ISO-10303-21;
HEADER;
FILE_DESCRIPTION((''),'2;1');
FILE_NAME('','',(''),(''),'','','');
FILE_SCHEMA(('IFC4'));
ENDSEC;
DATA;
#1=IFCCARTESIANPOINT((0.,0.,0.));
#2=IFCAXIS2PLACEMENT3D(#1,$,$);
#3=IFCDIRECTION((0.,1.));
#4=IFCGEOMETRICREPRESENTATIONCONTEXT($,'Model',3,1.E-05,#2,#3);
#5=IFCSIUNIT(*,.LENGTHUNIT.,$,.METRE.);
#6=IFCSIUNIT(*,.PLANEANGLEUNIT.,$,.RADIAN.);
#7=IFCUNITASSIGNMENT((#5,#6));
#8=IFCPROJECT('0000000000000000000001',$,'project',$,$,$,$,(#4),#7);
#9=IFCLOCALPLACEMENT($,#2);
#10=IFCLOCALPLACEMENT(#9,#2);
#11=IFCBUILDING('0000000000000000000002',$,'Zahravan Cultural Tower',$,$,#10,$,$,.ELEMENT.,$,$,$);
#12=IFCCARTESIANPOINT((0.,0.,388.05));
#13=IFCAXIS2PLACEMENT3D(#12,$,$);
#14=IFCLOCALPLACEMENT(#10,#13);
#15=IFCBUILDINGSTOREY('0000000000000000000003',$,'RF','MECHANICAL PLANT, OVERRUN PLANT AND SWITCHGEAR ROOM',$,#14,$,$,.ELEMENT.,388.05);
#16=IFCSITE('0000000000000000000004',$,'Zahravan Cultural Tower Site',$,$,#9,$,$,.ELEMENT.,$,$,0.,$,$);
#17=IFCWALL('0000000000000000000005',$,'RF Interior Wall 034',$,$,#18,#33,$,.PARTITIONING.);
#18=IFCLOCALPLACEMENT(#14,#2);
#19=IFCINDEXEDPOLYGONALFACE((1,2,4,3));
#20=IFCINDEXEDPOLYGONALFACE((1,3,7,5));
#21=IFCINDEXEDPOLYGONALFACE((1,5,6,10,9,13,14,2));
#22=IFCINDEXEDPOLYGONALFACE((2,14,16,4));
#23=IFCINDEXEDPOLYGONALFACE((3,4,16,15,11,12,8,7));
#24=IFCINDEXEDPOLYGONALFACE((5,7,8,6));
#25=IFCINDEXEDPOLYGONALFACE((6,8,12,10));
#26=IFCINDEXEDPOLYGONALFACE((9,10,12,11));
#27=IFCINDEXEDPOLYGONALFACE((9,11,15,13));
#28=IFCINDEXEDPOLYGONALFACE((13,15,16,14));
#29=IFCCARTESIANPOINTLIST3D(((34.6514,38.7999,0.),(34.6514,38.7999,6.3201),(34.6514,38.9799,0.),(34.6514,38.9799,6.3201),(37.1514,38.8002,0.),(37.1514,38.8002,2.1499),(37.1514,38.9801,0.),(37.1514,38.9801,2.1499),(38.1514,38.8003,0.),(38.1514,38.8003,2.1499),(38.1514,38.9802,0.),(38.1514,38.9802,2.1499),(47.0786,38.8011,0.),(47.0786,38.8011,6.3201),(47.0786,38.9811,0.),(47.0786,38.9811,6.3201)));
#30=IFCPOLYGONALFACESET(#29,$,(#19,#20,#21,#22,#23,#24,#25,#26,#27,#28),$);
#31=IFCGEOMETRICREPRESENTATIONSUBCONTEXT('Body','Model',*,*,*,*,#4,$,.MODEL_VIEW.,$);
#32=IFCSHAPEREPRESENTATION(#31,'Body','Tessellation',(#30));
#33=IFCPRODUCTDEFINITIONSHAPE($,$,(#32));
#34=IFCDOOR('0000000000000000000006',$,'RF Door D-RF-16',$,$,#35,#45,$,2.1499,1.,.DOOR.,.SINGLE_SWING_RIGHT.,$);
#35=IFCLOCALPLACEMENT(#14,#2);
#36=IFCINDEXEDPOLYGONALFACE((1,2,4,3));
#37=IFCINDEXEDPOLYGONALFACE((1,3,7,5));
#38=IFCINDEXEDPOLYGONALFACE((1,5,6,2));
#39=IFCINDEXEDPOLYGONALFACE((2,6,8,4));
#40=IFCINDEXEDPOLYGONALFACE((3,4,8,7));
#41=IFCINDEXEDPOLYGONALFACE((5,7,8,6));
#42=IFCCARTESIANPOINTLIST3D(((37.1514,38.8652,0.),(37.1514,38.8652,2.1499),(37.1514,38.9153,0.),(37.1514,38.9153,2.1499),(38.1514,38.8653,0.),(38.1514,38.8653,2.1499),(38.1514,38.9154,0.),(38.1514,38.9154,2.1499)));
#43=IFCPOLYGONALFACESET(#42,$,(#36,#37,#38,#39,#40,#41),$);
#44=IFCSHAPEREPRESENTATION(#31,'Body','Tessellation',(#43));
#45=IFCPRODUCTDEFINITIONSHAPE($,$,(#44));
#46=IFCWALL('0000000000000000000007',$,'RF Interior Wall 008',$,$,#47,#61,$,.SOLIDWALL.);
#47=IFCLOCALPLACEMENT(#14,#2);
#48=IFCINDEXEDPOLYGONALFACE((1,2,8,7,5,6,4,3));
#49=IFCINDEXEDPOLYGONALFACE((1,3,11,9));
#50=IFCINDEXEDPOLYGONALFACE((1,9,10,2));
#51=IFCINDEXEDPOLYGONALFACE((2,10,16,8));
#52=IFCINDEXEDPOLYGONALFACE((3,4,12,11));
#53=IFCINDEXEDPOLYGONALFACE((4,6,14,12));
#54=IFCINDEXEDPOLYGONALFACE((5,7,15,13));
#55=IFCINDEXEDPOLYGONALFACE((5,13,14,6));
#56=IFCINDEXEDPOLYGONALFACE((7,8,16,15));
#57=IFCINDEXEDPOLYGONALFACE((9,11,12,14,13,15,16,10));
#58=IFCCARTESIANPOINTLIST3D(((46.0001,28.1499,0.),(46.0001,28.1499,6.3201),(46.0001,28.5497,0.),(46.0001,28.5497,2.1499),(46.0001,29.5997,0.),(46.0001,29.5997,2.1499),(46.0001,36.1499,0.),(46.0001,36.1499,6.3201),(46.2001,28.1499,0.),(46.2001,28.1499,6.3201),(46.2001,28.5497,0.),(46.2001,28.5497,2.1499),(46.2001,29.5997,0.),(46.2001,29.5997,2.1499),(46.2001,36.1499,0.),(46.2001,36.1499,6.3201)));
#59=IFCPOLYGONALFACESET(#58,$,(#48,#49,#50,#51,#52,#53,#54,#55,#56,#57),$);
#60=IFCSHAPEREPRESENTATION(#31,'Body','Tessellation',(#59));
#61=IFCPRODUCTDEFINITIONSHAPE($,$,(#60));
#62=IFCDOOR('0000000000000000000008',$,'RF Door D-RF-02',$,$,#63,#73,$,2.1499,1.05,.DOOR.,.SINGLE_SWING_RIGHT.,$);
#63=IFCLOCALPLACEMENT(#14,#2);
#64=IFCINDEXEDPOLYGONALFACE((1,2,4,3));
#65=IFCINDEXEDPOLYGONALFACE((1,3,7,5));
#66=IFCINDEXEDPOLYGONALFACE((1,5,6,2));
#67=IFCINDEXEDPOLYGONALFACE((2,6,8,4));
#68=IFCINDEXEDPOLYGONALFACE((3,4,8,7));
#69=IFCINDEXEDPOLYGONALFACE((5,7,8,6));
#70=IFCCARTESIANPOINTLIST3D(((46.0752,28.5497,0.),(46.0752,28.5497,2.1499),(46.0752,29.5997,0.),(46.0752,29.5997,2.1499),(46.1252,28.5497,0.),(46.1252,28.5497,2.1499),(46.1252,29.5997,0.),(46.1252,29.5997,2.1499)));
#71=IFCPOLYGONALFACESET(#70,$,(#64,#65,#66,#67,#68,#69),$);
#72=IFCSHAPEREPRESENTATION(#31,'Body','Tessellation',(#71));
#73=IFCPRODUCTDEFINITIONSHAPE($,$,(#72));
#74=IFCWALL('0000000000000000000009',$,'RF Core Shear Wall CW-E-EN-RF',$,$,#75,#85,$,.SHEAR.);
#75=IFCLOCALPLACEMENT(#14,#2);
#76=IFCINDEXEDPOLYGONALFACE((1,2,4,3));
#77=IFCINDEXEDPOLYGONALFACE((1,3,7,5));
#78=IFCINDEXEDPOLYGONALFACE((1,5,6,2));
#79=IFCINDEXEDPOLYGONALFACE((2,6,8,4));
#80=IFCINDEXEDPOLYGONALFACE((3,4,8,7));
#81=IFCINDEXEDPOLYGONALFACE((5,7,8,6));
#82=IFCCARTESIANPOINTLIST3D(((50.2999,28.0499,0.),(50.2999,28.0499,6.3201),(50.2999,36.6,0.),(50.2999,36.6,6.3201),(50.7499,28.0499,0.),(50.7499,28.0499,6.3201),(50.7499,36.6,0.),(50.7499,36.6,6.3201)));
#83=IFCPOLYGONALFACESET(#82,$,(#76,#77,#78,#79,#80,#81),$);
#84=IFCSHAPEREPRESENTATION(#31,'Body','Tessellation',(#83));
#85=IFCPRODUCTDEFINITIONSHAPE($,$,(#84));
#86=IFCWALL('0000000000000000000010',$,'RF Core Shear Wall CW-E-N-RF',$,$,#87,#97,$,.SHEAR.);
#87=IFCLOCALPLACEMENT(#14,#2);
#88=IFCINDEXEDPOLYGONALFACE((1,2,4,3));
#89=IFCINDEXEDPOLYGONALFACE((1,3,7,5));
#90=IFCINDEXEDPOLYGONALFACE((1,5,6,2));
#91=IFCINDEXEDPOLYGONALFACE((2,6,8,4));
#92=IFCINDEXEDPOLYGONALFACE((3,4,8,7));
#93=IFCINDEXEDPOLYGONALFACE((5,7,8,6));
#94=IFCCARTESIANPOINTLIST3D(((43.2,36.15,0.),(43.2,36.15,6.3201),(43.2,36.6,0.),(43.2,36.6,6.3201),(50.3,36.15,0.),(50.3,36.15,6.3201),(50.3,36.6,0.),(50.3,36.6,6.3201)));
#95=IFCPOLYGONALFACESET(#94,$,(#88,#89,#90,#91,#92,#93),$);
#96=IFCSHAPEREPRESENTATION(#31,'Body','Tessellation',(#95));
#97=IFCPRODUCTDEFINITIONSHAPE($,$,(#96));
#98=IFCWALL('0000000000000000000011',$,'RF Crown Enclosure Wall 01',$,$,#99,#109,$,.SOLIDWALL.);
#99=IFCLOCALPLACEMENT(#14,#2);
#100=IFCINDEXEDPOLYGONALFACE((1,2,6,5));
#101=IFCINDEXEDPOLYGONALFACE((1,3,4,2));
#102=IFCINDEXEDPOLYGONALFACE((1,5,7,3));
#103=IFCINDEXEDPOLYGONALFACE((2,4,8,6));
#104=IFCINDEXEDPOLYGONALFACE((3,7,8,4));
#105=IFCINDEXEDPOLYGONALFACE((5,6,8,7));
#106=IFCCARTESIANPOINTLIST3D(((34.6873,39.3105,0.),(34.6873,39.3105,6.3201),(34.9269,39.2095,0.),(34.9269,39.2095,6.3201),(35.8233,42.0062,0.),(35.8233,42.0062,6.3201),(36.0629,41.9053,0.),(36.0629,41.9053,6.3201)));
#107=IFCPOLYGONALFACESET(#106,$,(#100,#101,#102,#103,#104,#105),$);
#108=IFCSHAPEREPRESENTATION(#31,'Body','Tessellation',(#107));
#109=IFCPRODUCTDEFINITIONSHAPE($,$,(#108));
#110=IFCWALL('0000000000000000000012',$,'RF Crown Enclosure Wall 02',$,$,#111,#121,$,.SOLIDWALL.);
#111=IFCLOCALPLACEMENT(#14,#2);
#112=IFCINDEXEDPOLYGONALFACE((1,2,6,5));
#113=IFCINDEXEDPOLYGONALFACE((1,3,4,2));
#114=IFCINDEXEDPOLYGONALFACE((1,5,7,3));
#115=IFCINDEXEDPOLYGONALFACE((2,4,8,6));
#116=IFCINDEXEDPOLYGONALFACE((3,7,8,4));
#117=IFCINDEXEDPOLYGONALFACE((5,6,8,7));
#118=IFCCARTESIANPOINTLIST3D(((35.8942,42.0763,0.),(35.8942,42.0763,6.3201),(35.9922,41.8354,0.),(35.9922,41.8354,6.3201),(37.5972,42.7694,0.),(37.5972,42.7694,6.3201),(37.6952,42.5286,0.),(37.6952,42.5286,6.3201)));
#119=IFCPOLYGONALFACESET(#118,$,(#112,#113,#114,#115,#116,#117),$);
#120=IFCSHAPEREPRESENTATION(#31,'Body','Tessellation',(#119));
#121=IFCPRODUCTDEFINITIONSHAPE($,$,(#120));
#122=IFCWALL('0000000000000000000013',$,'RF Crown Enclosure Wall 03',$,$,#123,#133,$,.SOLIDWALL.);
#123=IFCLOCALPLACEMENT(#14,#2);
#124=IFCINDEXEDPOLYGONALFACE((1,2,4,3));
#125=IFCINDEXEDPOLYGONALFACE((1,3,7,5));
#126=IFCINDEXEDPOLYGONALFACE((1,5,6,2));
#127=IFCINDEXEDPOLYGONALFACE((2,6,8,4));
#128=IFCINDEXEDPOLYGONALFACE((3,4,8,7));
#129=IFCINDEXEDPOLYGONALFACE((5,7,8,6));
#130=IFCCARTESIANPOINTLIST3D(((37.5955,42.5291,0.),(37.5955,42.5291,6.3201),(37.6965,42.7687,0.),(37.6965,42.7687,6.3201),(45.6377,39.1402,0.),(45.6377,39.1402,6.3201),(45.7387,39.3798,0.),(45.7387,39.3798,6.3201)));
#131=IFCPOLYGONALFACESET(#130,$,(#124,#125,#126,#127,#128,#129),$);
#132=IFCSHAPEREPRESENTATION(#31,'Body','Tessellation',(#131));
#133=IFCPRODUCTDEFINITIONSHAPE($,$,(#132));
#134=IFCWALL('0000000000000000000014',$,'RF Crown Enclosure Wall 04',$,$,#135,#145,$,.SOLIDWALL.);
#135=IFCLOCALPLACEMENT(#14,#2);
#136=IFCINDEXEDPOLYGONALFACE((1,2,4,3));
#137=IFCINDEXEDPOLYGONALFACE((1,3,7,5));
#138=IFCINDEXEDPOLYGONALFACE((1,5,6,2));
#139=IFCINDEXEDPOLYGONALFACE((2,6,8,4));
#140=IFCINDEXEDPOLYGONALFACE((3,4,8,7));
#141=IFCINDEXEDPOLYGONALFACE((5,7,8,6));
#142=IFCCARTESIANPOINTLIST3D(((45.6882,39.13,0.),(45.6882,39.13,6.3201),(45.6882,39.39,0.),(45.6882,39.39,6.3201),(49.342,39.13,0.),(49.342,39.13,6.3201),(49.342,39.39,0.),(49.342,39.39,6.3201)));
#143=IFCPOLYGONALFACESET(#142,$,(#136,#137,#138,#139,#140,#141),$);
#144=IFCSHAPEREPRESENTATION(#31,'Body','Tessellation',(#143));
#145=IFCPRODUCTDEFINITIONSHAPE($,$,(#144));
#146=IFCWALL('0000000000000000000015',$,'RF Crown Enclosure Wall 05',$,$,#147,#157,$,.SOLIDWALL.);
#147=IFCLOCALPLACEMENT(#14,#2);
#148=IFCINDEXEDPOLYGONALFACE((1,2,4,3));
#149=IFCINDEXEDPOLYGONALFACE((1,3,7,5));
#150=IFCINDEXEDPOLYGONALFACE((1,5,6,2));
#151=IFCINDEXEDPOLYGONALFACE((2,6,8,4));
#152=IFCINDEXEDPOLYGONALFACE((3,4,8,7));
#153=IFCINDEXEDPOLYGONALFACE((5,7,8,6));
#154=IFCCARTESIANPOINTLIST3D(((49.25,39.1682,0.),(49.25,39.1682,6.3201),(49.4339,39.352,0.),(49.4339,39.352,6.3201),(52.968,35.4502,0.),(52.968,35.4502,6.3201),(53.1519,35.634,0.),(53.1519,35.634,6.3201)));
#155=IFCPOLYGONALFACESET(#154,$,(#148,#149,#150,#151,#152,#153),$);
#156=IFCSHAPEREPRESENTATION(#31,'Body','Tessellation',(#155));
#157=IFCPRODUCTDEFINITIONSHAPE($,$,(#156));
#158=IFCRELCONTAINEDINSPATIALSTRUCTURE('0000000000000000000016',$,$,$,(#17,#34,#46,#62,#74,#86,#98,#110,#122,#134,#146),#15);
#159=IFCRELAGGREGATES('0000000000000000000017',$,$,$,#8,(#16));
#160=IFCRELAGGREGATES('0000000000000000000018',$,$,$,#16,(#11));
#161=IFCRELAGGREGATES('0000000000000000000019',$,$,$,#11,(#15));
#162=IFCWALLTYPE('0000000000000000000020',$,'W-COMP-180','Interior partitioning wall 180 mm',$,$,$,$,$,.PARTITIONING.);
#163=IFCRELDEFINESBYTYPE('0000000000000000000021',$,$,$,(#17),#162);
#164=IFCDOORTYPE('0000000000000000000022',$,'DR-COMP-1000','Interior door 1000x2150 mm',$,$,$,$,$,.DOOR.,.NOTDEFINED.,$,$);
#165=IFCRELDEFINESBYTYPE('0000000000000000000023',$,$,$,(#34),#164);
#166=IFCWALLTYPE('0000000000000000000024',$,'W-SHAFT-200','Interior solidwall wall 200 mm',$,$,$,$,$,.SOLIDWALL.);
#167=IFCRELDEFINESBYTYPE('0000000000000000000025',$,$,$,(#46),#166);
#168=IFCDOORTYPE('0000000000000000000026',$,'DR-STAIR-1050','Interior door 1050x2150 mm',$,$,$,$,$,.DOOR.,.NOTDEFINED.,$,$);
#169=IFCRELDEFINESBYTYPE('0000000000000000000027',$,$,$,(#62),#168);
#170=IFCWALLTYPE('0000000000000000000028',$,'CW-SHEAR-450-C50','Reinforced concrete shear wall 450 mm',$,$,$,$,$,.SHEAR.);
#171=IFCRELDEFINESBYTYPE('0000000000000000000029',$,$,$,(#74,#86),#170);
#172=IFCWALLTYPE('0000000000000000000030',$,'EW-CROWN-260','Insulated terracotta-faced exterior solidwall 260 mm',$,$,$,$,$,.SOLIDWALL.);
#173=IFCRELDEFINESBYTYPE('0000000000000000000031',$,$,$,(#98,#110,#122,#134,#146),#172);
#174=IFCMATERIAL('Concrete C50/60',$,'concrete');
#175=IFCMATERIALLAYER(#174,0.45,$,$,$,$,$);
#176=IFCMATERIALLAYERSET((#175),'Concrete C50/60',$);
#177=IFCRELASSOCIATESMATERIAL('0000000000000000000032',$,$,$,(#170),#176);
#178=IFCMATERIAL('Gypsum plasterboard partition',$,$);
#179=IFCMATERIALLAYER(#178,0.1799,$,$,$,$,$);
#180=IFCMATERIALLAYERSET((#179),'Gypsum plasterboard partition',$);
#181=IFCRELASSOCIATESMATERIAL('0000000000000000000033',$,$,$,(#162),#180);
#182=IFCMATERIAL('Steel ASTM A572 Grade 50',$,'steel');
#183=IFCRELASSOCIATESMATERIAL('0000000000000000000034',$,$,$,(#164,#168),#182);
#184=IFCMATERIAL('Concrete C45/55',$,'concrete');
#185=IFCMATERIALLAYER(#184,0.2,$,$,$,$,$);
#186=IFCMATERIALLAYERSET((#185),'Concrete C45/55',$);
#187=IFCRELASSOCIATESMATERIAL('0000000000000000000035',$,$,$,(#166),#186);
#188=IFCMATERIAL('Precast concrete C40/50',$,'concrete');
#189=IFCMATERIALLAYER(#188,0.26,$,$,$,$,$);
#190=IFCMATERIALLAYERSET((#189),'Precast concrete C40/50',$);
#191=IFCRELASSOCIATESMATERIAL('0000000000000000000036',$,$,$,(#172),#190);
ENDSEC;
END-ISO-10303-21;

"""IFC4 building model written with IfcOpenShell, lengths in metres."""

from ifc_helpers import new_model, si_unit, direction, frame, frame_2d, origin, place, context, subcontext, project, spatial, rectangle, extrude, source, transform, mapped, material, layer, layer_set, type_object, element, fill, save


model = new_model("IFC4")

# Units and contexts
model_context = context("Model", 3, precision=1e-05, world=origin(), true_north=direction((0.0, 1.0)))
body_context = subcontext(model_context, "Body", "Model", "MODEL_VIEW")
ifc_project = project(units=[si_unit("LENGTHUNIT", "METRE"), si_unit("PLANEANGLEUNIT", "RADIAN")], contexts=[model_context])

# Site, building, storey
site_placement = place(None, origin())
site = spatial("IfcSite", under=ifc_project, at=site_placement, Name="Zahravan Cultural Tower Site", CompositionType="ELEMENT", RefElevation=0.0)
building_placement = place(site_placement, origin())
building = spatial("IfcBuilding", under=site, at=building_placement, Name="Zahravan Cultural Tower", CompositionType="ELEMENT")
storey_placement = place(building_placement, frame((0.0, 0.0, 388.05)))
storey = spatial("IfcBuildingStorey", under=building, at=storey_placement, Name="RF", Description="MECHANICAL PLANT, OVERRUN PLANT AND SWITCHGEAR ROOM", CompositionType="ELEMENT", Elevation=388.05)

# Shared definitions
ifc_material_1 = material(Name="Steel ASTM A572 Grade 50", Category="steel")

# Walls, openings, doors
ifc_material_2 = material(Name="Concrete C50/60", Category="concrete")
ifc_layer_1 = layer(ifc_material_2, 0.45)
ifc_layer_set_1 = layer_set([ifc_layer_1], Name="Concrete C50/60")
wall_type_1 = type_object("IfcWallType", Name="CW-SHEAR-450-C50", Description="Reinforced concrete shear wall 450 mm", PredefinedType="SHEAR", material=ifc_layer_set_1)
ifc_material_3 = material(Name="Gypsum plasterboard partition")
ifc_layer_2 = layer(ifc_material_3, 0.1799)
ifc_layer_set_2 = layer_set([ifc_layer_2], Name="Gypsum plasterboard partition")
wall_type_2 = type_object("IfcWallType", Name="W-COMP-180", Description="Interior partitioning wall 180 mm", PredefinedType="PARTITIONING", material=ifc_layer_set_2)
door_type_1 = type_object("IfcDoorType", Name="DR-COMP-1000", Description="Interior door 1000x2150 mm", OperationType="NOTDEFINED", PredefinedType="DOOR", material=ifc_material_1)
shared_shape_1 = source(origin(), body_context, "Body", "SweptSolid", [
    extrude(rectangle(XDim=1.0, YDim=2.1499, at=frame_2d((0.5, 1.075))), frame((0.0, 0.0249, 0.0), z_axis=(0.0, -1.0, 0.0), x_axis=(1.0, 0.0, 0.0)), (0.0, 0.0, 1.0), 0.05),
])
wall_1_placement = place(storey_placement, frame((47.0786, 38.8911, 0.0), z_axis=(0.0, 0.0, 1.0), x_axis=(-1.0, -0.000098, 0.0)))
wall_1 = element("IfcWall", 1, at=wall_1_placement, inside=storey, type_object=wall_type_2, Name="RF Interior Wall 034", PredefinedType="PARTITIONING", context=body_context, shape_type="SweptSolid", body=[
    extrude(rectangle(XDim=12.4272, YDim=0.1799, at=frame_2d((6.2136, 0.0))), origin(), (0.0, 0.0, 1.0), 6.3201),
])
opening_1_placement = place(wall_1_placement, frame((8.9272, 0.0, 0.0)))
opening_1 = element("IfcOpeningElement", 2, at=opening_1_placement, cuts=wall_1, PredefinedType="OPENING", context=body_context, shape_type="SweptSolid", body=[
    extrude(rectangle(XDim=1.0, YDim=2.1499, at=frame_2d((0.5, 1.075))), frame((0.0, 0.0999, 0.0), z_axis=(0.0, -1.0, 0.0), x_axis=(1.0, 0.0, 0.0)), (0.0, 0.0, 1.0), 0.2),
])
door_1_placement = place(opening_1_placement, origin())
door_1 = element("IfcDoor", 3, at=door_1_placement, inside=storey, type_object=door_type_1, Name="RF Door D-RF-16", OperationType="SINGLE_SWING_RIGHT", OverallHeight=2.1499, OverallWidth=1.0, PredefinedType="DOOR", context=body_context, shape_type="MappedRepresentation", body=[
    mapped(shared_shape_1, transform((0.0, 0.0, 0.0), x_axis=(1.0, 0.0, 0.0), y_axis=(0.0, 1.0, 0.0), z_axis=(0.0, 0.0, 1.0), scale=1.0)),
])
fill(opening_1, door_1)
ifc_material_4 = material(Name="Concrete C45/55", Category="concrete")
ifc_layer_3 = layer(ifc_material_4, 0.2)
ifc_layer_set_3 = layer_set([ifc_layer_3], Name="Concrete C45/55")
wall_type_3 = type_object("IfcWallType", Name="W-SHAFT-200", Description="Interior solidwall wall 200 mm", PredefinedType="SOLIDWALL", material=ifc_layer_set_3)
wall_2_placement = place(storey_placement, frame((46.1001, 28.1499, 0.0), z_axis=(0.0, 0.0, 1.0), x_axis=(0.0, 1.0, 0.0)))
wall_2 = element("IfcWall", 4, at=wall_2_placement, inside=storey, type_object=wall_type_3, Name="RF Interior Wall 008", PredefinedType="SOLIDWALL", context=body_context, shape_type="SweptSolid", body=[
    extrude(rectangle(XDim=8.0, YDim=0.2, at=frame_2d((4.0, 0.0))), origin(), (0.0, 0.0, 1.0), 6.3201),
])
opening_2_placement = place(wall_2_placement, frame((0.3999, 0.0, 0.0)))
opening_2 = element("IfcOpeningElement", 5, at=opening_2_placement, cuts=wall_2, PredefinedType="OPENING", context=body_context, shape_type="SweptSolid", body=[
    extrude(rectangle(XDim=1.05, YDim=2.1499, at=frame_2d((0.5249, 1.075))), frame((0.0, 0.1099, 0.0), z_axis=(0.0, -1.0, 0.0), x_axis=(1.0, 0.0, 0.0)), (0.0, 0.0, 1.0), 0.22),
])
door_type_2 = type_object("IfcDoorType", Name="DR-STAIR-1050", Description="Interior door 1050x2150 mm", OperationType="NOTDEFINED", PredefinedType="DOOR", material=ifc_material_1)
shared_shape_2 = source(origin(), body_context, "Body", "SweptSolid", [
    extrude(rectangle(XDim=1.05, YDim=2.1499, at=frame_2d((0.5249, 1.075))), frame((0.0, 0.0249, 0.0), z_axis=(0.0, -1.0, 0.0), x_axis=(1.0, 0.0, 0.0)), (0.0, 0.0, 1.0), 0.05),
])
door_2_placement = place(opening_2_placement, origin())
door_2 = element("IfcDoor", 6, at=door_2_placement, inside=storey, type_object=door_type_2, Name="RF Door D-RF-02", OperationType="SINGLE_SWING_RIGHT", OverallHeight=2.1499, OverallWidth=1.05, PredefinedType="DOOR", context=body_context, shape_type="MappedRepresentation", body=[
    mapped(shared_shape_2, transform((0.0, 0.0, 0.0), x_axis=(1.0, 0.0, 0.0), y_axis=(0.0, 1.0, 0.0), z_axis=(0.0, 0.0, 1.0), scale=1.0)),
])
fill(opening_2, door_2)

# Walls
shared_shape_3 = source(origin(), body_context, "Body", "SweptSolid", [
    extrude(rectangle(XDim=8.55, YDim=0.45, at=frame_2d((4.2749, 0.0))), origin(), (0.0, 0.0, 1.0), 6.3201),
])
wall_3_placement = place(storey_placement, frame((50.5249, 28.05, 0.0), z_axis=(0.0, 0.0, 1.0), x_axis=(0.0, 1.0, 0.0)))
element("IfcWall", 7, at=wall_3_placement, inside=storey, type_object=wall_type_1, Name="RF Core Shear Wall CW-E-EN-RF", PredefinedType="SHEAR", context=body_context, shape_type="MappedRepresentation", body=[
    mapped(shared_shape_3, transform((0.0, 0.0, 0.0), x_axis=(1.0, 0.0, 0.0), y_axis=(0.0, 1.0, 0.0), z_axis=(0.0, 0.0, 1.0), scale=1.0)),
])
shared_shape_4 = source(origin(), body_context, "Body", "SweptSolid", [
    extrude(rectangle(XDim=7.1001, YDim=0.45, at=frame_2d((3.55, 0.0))), origin(), (0.0, 0.0, 1.0), 6.3201),
])
wall_4_placement = place(storey_placement, frame((43.2, 36.375, 0.0), z_axis=(0.0, 0.0, 1.0), x_axis=(1.0, 0.0, 0.0)))
element("IfcWall", 8, at=wall_4_placement, inside=storey, type_object=wall_type_1, Name="RF Core Shear Wall CW-E-N-RF", PredefinedType="SHEAR", context=body_context, shape_type="MappedRepresentation", body=[
    mapped(shared_shape_4, transform((0.0, 0.0, 0.0), x_axis=(1.0, 0.0, 0.0), y_axis=(0.0, 1.0, 0.0), z_axis=(0.0, 0.0, 1.0), scale=1.0)),
])
ifc_material_5 = material(Name="Precast concrete C40/50", Category="concrete")
ifc_layer_4 = layer(ifc_material_5, 0.26)
ifc_layer_set_4 = layer_set([ifc_layer_4], Name="Precast concrete C40/50")
wall_type_4 = type_object("IfcWallType", Name="EW-CROWN-260", Description="Insulated terracotta-faced exterior solidwall 260 mm", PredefinedType="SOLIDWALL", material=ifc_layer_set_4)
shared_shape_5 = source(origin(), body_context, "Body", "SweptSolid", [
    extrude(rectangle(XDim=2.9253, YDim=0.26, at=frame_2d((1.4626, 0.0))), origin(), (0.0, 0.0, 1.0), 6.3201),
])
wall_5_placement = place(storey_placement, frame((34.8071, 39.26, 0.0), z_axis=(0.0, 0.0, 1.0), x_axis=(0.388322, 0.921524, 0.0)))
element("IfcWall", 9, at=wall_5_placement, inside=storey, type_object=wall_type_4, Name="RF Crown Enclosure Wall 01", PredefinedType="SOLIDWALL", context=body_context, shape_type="MappedRepresentation", body=[
    mapped(shared_shape_5, transform((0.0, 0.0, 0.0), x_axis=(1.0, 0.0, 0.0), y_axis=(0.0, 1.0, 0.0), z_axis=(0.0, 0.0, 1.0), scale=1.0)),
])
shared_shape_6 = source(origin(), body_context, "Body", "SweptSolid", [
    extrude(rectangle(XDim=1.8386, YDim=0.26, at=frame_2d((0.9194, 0.0))), origin(), (0.0, 0.0, 1.0), 6.3201),
])
wall_6_placement = place(storey_placement, frame((35.9431, 41.9558, 0.0), z_axis=(0.0, 0.0, 1.0), x_axis=(0.926216, 0.376993, 0.0)))
element("IfcWall", 10, at=wall_6_placement, inside=storey, type_object=wall_type_4, Name="RF Crown Enclosure Wall 02", PredefinedType="SOLIDWALL", context=body_context, shape_type="MappedRepresentation", body=[
    mapped(shared_shape_6, transform((0.0, 0.0, 0.0), x_axis=(1.0, 0.0, 0.0), y_axis=(0.0, 1.0, 0.0), z_axis=(0.0, 0.0, 1.0), scale=1.0)),
])
shared_shape_7 = source(origin(), body_context, "Body", "SweptSolid", [
    extrude(rectangle(XDim=8.7271, YDim=0.26, at=frame_2d((4.3635, 0.0))), origin(), (0.0, 0.0, 1.0), 6.3201),
])
wall_7_placement = place(storey_placement, frame((37.646, 42.6489, 0.0), z_axis=(0.0, 0.0, 1.0), x_axis=(0.921524, -0.388321, 0.0)))
element("IfcWall", 11, at=wall_7_placement, inside=storey, type_object=wall_type_4, Name="RF Crown Enclosure Wall 03", PredefinedType="SOLIDWALL", context=body_context, shape_type="MappedRepresentation", body=[
    mapped(shared_shape_7, transform((0.0, 0.0, 0.0), x_axis=(1.0, 0.0, 0.0), y_axis=(0.0, 1.0, 0.0), z_axis=(0.0, 0.0, 1.0), scale=1.0)),
])
shared_shape_8 = source(origin(), body_context, "Body", "SweptSolid", [
    extrude(rectangle(XDim=3.6538, YDim=0.26, at=frame_2d((1.8269, 0.0))), origin(), (0.0, 0.0, 1.0), 6.3201),
])
wall_8_placement = place(storey_placement, frame((45.6882, 39.26, 0.0), z_axis=(0.0, 0.0, 1.0), x_axis=(1.0, 0.0, 0.0)))
element("IfcWall", 12, at=wall_8_placement, inside=storey, type_object=wall_type_4, Name="RF Crown Enclosure Wall 04", PredefinedType="SOLIDWALL", context=body_context, shape_type="MappedRepresentation", body=[
    mapped(shared_shape_8, transform((0.0, 0.0, 0.0), x_axis=(1.0, 0.0, 0.0), y_axis=(0.0, 1.0, 0.0), z_axis=(0.0, 0.0, 1.0), scale=1.0)),
])
shared_shape_9 = source(origin(), body_context, "Body", "SweptSolid", [
    extrude(rectangle(XDim=5.2581, YDim=0.26, at=frame_2d((2.6289, 0.0))), origin(), (0.0, 0.0, 1.0), 6.3201),
])
wall_9_placement = place(storey_placement, frame((49.342, 39.26, 0.0), z_axis=(0.0, 0.0, 1.0), x_axis=(0.707107, -0.707107, 0.0)))
element("IfcWall", 13, at=wall_9_placement, inside=storey, type_object=wall_type_4, Name="RF Crown Enclosure Wall 05", PredefinedType="SOLIDWALL", context=body_context, shape_type="MappedRepresentation", body=[
    mapped(shared_shape_9, transform((0.0, 0.0, 0.0), x_axis=(1.0, 0.0, 0.0), y_axis=(0.0, 1.0, 0.0), z_axis=(0.0, 0.0, 1.0), scale=1.0)),
])

save(model, "model.ifc")
